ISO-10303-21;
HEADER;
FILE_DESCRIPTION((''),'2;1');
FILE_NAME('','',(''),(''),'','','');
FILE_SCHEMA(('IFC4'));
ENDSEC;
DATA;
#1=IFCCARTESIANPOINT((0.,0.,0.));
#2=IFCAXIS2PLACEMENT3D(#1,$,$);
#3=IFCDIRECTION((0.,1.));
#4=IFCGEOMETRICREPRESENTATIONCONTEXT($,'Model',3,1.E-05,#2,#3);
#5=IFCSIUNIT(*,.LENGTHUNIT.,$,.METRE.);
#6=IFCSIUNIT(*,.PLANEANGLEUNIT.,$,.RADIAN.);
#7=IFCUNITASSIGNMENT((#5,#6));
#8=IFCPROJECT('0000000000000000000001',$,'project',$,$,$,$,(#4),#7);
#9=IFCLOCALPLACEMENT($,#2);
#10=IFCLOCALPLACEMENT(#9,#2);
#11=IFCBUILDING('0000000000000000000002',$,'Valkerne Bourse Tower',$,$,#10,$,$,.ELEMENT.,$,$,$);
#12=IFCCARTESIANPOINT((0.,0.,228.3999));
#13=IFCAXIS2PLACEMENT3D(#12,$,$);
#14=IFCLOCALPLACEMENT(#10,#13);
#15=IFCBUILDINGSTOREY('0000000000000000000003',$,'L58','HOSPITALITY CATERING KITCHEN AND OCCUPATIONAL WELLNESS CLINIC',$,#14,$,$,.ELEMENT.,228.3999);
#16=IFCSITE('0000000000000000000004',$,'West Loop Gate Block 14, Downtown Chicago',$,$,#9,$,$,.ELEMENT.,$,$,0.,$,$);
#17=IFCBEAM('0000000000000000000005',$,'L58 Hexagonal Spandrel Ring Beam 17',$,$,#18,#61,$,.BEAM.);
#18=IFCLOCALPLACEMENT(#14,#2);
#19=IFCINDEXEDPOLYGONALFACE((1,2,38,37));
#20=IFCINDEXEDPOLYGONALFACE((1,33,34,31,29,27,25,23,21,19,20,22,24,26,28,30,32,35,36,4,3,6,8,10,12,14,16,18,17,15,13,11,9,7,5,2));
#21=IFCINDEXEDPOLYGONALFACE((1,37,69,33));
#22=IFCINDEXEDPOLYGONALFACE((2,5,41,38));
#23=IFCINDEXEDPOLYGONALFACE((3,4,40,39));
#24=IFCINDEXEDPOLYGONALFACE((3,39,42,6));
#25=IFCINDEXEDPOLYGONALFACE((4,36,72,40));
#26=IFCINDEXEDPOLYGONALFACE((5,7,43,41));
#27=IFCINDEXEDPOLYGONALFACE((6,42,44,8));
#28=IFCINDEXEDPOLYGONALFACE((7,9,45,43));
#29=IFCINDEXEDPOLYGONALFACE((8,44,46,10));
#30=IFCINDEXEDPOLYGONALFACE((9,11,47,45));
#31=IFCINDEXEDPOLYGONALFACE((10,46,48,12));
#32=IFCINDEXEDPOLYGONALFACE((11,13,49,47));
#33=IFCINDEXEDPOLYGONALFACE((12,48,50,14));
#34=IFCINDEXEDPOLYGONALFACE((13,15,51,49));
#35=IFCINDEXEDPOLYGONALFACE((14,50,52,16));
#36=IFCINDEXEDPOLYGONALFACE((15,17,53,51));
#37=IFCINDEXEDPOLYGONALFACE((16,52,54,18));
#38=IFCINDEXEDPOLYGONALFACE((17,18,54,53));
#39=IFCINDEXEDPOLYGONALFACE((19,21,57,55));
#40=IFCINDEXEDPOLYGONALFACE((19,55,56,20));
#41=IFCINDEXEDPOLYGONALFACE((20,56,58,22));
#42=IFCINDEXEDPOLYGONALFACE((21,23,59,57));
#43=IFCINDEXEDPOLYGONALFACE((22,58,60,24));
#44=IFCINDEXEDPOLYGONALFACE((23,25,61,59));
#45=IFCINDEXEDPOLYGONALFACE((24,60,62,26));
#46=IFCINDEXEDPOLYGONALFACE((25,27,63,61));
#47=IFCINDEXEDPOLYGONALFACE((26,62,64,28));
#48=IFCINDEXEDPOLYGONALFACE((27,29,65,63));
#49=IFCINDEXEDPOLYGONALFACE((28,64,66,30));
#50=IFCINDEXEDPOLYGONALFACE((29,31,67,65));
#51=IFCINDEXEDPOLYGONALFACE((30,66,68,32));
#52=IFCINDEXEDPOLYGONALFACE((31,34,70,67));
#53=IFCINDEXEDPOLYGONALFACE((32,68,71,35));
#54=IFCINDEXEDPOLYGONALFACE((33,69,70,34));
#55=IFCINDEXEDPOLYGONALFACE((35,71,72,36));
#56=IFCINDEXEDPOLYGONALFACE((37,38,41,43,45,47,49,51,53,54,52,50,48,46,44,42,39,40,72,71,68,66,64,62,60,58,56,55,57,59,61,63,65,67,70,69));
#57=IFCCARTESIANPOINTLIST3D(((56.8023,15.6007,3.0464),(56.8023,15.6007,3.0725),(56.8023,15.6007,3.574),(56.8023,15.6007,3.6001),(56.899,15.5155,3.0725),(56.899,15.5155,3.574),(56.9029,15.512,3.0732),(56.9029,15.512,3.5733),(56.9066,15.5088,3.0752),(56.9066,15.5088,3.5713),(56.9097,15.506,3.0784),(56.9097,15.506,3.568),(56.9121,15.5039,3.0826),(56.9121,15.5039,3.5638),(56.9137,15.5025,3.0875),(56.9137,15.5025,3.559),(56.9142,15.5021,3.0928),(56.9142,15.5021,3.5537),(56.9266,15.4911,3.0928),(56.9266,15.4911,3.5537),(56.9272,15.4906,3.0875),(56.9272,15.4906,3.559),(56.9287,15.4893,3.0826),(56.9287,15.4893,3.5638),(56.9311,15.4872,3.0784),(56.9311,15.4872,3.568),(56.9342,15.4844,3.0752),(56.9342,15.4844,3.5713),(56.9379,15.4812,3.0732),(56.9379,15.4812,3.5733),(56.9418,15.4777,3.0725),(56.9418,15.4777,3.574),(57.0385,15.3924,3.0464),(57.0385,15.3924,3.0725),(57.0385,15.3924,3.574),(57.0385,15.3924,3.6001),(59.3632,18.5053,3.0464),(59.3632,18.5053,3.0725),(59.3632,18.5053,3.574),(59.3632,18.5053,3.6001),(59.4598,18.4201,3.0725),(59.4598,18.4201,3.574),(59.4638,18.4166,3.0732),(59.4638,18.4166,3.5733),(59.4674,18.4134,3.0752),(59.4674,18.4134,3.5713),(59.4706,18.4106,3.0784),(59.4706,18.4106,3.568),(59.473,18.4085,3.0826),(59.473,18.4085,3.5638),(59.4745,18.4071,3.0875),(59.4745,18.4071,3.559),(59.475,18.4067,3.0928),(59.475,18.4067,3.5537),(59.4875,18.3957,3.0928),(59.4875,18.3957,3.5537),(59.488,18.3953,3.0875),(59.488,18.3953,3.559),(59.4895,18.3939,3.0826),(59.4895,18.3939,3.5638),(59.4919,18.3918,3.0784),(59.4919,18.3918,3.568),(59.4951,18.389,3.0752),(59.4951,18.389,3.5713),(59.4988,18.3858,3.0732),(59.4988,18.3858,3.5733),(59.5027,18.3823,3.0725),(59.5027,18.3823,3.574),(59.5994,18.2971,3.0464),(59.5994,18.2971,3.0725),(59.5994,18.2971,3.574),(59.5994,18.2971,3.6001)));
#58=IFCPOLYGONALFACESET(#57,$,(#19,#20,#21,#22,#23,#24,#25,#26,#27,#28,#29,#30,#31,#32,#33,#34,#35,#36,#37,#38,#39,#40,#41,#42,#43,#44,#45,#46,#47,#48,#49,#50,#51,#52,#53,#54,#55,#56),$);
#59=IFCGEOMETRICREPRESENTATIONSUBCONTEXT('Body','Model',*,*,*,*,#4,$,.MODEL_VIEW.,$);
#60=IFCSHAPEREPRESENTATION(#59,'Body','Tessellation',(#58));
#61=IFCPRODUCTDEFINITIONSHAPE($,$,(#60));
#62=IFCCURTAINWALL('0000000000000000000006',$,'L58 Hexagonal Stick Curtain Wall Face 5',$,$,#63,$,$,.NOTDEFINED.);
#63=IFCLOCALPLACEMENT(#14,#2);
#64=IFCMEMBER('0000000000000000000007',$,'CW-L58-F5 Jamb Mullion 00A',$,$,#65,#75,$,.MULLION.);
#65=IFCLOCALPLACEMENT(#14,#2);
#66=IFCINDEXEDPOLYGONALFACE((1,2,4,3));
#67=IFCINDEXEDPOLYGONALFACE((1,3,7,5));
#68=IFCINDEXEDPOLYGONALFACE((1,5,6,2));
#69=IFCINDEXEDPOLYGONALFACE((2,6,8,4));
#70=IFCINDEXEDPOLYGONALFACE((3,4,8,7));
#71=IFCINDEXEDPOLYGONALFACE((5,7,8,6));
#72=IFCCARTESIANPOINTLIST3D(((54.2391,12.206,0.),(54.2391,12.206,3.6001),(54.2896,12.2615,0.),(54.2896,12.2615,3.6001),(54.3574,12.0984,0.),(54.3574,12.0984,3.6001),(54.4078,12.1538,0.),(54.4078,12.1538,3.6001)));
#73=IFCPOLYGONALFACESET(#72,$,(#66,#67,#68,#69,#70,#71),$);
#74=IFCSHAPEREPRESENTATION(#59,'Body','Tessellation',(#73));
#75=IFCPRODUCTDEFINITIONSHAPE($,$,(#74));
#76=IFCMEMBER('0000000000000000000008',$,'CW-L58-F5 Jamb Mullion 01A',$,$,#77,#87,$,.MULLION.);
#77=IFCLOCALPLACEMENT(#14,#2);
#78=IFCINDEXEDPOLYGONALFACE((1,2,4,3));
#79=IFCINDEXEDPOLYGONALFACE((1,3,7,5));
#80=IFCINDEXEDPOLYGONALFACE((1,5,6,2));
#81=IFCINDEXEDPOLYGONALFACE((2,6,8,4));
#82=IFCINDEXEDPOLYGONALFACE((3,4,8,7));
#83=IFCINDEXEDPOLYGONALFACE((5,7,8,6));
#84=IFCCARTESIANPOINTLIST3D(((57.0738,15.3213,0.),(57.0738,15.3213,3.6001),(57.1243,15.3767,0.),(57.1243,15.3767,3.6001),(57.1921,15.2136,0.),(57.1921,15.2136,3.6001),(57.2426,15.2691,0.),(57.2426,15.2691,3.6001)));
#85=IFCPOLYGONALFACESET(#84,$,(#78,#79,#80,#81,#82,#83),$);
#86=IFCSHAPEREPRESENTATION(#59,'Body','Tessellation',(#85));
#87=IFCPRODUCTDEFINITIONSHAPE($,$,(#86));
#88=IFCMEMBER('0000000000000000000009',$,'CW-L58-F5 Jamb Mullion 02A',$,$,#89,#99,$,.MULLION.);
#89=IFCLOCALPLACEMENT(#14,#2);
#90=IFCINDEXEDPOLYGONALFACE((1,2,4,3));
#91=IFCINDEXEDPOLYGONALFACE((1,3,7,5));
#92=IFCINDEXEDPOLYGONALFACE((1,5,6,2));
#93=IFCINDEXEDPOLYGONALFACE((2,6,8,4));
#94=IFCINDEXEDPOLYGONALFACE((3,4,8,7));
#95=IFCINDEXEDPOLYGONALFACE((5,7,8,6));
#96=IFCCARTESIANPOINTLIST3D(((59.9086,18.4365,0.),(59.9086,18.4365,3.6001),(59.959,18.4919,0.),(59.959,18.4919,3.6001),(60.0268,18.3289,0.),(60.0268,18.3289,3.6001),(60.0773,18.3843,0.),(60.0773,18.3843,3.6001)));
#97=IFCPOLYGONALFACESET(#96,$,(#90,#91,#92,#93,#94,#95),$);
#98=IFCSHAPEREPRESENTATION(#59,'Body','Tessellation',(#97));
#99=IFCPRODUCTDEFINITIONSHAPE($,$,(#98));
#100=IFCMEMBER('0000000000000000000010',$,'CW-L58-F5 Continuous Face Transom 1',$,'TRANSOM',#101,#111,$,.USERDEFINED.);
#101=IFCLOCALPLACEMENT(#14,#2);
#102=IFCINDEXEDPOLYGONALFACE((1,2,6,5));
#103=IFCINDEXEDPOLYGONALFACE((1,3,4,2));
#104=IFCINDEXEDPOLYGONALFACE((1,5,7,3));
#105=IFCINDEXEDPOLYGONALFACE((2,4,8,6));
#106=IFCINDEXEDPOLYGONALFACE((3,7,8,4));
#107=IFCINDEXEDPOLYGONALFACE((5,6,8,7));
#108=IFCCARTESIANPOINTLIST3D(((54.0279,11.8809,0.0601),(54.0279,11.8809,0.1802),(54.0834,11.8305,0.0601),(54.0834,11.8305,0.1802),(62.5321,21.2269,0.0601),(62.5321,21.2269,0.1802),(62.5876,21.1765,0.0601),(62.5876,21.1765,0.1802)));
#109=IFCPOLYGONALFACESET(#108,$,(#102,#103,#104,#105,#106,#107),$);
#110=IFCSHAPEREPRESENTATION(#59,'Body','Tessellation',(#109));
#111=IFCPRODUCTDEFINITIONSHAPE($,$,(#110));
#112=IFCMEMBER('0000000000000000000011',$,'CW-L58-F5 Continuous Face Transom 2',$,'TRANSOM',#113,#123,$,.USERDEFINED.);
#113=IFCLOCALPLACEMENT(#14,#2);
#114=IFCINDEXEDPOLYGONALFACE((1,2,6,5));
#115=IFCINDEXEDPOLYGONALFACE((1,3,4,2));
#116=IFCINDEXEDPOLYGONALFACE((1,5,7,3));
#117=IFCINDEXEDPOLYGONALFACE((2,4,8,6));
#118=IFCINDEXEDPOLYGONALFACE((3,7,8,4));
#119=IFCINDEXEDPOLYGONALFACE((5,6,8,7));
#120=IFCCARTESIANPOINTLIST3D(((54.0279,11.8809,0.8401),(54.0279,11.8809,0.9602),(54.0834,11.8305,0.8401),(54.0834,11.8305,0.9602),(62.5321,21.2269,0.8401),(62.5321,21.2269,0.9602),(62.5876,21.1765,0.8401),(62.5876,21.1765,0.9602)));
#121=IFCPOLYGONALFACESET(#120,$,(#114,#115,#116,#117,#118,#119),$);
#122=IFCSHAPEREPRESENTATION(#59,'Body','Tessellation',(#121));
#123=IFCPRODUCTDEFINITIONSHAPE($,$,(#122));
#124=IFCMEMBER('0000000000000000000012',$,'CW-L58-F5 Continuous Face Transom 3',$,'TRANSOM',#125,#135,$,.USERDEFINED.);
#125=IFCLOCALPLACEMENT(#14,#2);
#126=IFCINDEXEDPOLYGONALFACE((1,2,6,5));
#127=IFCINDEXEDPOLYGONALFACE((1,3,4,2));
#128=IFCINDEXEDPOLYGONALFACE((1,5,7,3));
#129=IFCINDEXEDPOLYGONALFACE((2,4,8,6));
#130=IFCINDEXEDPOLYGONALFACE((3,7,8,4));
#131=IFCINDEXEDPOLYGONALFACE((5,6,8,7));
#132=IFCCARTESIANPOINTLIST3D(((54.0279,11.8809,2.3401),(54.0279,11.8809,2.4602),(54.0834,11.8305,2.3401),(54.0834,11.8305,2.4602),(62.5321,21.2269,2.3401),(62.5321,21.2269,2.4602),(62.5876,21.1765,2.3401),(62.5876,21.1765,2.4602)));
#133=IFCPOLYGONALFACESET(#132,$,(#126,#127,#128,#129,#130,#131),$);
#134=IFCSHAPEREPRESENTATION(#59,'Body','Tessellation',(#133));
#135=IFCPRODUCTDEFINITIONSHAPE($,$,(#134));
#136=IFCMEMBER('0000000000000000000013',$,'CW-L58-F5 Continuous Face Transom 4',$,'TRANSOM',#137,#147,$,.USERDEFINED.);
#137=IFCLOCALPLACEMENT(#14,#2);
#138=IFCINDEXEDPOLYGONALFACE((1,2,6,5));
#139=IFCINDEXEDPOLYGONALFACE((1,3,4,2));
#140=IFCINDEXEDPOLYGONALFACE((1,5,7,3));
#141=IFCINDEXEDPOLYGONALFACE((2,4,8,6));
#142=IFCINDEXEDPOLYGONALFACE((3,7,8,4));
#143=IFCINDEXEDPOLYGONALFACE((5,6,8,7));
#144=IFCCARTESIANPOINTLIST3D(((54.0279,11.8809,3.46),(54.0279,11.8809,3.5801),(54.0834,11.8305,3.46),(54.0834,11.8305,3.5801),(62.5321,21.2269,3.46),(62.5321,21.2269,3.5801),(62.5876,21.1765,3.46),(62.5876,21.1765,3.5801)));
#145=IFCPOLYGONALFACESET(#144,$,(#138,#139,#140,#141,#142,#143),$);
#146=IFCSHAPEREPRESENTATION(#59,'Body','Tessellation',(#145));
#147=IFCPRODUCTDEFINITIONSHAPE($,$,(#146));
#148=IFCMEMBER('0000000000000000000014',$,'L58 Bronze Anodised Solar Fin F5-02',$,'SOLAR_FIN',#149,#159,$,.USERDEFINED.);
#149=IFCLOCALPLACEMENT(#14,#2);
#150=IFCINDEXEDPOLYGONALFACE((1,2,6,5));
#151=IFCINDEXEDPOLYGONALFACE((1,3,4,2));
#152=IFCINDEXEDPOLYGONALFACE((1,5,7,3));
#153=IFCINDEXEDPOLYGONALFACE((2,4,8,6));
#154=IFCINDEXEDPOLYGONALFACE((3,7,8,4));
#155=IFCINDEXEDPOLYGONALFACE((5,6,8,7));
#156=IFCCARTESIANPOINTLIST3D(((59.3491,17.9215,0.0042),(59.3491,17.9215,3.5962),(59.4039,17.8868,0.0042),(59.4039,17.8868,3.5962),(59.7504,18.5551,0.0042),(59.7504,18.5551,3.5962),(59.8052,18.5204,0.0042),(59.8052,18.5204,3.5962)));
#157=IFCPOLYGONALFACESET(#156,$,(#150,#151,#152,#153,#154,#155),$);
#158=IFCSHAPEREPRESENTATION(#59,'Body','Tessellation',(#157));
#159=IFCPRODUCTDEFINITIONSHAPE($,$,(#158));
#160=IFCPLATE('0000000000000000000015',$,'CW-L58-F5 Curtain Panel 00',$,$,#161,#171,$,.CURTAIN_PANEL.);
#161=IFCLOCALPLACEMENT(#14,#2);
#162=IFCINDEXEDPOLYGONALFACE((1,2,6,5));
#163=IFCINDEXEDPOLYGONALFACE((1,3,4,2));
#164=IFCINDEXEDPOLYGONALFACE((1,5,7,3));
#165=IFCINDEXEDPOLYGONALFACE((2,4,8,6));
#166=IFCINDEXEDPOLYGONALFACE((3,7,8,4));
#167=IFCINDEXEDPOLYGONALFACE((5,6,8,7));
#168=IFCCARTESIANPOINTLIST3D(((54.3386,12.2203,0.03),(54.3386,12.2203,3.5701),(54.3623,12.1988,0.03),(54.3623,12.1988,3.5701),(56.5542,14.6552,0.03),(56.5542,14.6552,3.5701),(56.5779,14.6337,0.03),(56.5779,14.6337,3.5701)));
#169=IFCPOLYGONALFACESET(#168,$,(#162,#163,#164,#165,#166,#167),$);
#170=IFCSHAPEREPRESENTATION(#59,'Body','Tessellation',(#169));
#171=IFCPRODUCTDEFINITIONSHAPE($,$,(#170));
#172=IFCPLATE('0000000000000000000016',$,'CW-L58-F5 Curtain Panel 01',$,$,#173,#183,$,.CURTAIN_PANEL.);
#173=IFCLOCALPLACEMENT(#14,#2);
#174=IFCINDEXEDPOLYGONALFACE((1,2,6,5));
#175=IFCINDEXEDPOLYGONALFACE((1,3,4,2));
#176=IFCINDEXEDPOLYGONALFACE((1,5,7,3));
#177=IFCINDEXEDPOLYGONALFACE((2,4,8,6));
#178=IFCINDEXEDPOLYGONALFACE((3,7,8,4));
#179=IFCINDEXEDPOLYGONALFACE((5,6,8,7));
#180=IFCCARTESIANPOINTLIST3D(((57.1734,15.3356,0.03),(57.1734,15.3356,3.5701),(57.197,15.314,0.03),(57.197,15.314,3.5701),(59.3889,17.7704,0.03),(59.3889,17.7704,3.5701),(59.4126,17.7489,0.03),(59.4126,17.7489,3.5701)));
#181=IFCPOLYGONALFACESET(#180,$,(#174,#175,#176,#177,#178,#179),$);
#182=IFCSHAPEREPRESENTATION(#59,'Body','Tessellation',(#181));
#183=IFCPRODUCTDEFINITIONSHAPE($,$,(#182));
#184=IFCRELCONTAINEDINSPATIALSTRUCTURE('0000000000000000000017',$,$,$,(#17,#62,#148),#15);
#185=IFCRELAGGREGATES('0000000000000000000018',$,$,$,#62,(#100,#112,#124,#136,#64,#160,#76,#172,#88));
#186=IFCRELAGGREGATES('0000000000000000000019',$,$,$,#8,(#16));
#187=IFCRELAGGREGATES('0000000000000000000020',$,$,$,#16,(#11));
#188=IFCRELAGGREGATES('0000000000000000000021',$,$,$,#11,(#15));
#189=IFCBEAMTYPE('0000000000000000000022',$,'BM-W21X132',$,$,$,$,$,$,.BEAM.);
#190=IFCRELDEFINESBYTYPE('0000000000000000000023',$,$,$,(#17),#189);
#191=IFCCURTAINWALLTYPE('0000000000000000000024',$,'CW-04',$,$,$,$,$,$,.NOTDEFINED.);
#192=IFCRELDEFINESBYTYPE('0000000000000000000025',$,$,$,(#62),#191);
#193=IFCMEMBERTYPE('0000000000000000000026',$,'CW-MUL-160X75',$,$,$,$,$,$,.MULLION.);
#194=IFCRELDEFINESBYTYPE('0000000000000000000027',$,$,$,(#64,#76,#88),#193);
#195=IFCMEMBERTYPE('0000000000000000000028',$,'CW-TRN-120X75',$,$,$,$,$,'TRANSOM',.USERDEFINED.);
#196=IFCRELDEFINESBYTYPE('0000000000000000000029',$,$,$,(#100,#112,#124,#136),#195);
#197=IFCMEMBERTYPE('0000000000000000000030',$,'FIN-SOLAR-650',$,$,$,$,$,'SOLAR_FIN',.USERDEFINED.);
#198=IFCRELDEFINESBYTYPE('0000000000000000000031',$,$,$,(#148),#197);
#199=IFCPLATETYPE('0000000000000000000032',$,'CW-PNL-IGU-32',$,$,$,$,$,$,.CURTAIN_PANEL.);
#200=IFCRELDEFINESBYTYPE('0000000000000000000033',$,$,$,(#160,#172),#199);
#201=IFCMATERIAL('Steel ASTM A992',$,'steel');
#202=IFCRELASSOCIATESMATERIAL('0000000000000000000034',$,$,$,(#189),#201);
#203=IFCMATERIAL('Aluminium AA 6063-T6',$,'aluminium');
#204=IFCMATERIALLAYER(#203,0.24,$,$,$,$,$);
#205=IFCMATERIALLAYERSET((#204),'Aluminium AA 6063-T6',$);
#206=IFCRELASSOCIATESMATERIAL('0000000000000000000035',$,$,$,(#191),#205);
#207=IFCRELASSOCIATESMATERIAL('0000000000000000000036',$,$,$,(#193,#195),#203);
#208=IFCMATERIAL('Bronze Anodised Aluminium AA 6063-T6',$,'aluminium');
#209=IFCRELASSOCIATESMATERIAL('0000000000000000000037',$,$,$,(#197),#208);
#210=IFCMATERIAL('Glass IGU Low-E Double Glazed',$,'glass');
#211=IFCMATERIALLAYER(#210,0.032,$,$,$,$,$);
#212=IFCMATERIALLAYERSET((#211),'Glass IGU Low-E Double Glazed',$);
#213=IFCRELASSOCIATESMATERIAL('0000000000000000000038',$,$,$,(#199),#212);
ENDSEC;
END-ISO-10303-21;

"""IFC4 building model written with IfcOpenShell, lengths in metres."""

from ifc_helpers import new_model, si_unit, direction, frame, origin, origin_2d, place, context, subcontext, project, spatial, rectangle, i_section, extrude, material, layer, layer_set, material_profile, profile_set, type_object, element, aggregate, save


model = new_model("IFC4")

# Units and contexts
model_context = context("Model", 3, precision=1e-05, world=origin(), true_north=direction((0.0, 1.0)))
body_context = subcontext(model_context, "Body", "Model", "MODEL_VIEW")
ifc_project = project(units=[si_unit("LENGTHUNIT", "METRE"), si_unit("PLANEANGLEUNIT", "RADIAN")], contexts=[model_context])

# Site, building, storey
site_placement = place(None, origin())
site = spatial("IfcSite", under=ifc_project, at=site_placement, Name="West Loop Gate Block 14, Downtown Chicago", CompositionType="ELEMENT", RefElevation=0.0)
building_placement = place(site_placement, origin())
building = spatial("IfcBuilding", under=site, at=building_placement, Name="Valkerne Bourse Tower", CompositionType="ELEMENT")
storey_placement = place(building_placement, frame((0.0, 0.0, 228.3999)))
storey = spatial("IfcBuildingStorey", under=building, at=storey_placement, Name="L58", Description="HOSPITALITY CATERING KITCHEN AND OCCUPATIONAL WELLNESS CLINIC", CompositionType="ELEMENT", Elevation=228.3999)

# Beam
ifc_material_1 = material(Name="Steel ASTM A992", Category="steel")
ifc_material_profile_1 = material_profile(ifc_material_1, i_section(OverallWidth=0.3149, OverallDepth=0.5537, WebThickness=0.0166, FlangeThickness=0.0261, FilletRadius=0.0203, at=origin_2d()), Name="W21X132")
ifc_profile_set_1 = profile_set([ifc_material_profile_1], Name="Steel ASTM A992")
beam_type = type_object("IfcBeamType", Name="BM-W21X132", PredefinedType="BEAM", material=ifc_profile_set_1)
beam_1_placement = place(storey_placement, frame((56.9204, 15.4966, 3.3232), z_axis=(0.661325, 0.750099, 0.0), x_axis=(-0.750099, 0.661325, 0.0)))
element("IfcBeam", 1, at=beam_1_placement, inside=storey, type_object=beam_type, Name="L58 Hexagonal Spandrel Ring Beam 17", PredefinedType="BEAM", context=body_context, shape_type="SweptSolid", body=[
    extrude(i_section(OverallWidth=0.3149, OverallDepth=0.5537, WebThickness=0.0166, FlangeThickness=0.0261, FilletRadius=0.0203, at=origin_2d()), origin(), (0.0, 0.0, 1.0), 3.8723),
])

# Curtain wall, members
ifc_material_2 = material(Name="Aluminium AA 6063-T6", Category="aluminium")
ifc_layer_1 = layer(ifc_material_2, 0.24)
ifc_layer_set_1 = layer_set([ifc_layer_1], Name="Aluminium AA 6063-T6")
curtain_wall_type = type_object("IfcCurtainWallType", Name="CW-04", PredefinedType="NOTDEFINED", material=ifc_layer_set_1)
curtain_wall_placement = place(storey_placement, origin())
curtain_wall = element("IfcCurtainWall", 2, at=curtain_wall_placement, inside=storey, type_object=curtain_wall_type, Name="L58 Hexagonal Stick Curtain Wall Face 5", PredefinedType="NOTDEFINED")
ifc_material_profile_2 = material_profile(ifc_material_2, rectangle(XDim=0.075, YDim=0.1599, at=origin_2d()), Name="CWM-75X160")
ifc_profile_set_2 = profile_set([ifc_material_profile_2], Name="Aluminium AA 6063-T6")
member_type_1 = type_object("IfcMemberType", Name="CW-MUL-160X75", PredefinedType="MULLION", material=ifc_profile_set_2)
member_1_placement = place(storey_placement, frame((54.3235, 12.1799, 0.0), z_axis=(0.0, 0.0, 1.0), x_axis=(0.673012, 0.739632, 0.0)))
member_1 = element("IfcMember", 3, at=member_1_placement, type_object=member_type_1, Name="CW-L58-F5 Jamb Mullion 00A", PredefinedType="MULLION", context=body_context, shape_type="SweptSolid", body=[
    extrude(rectangle(XDim=0.075, YDim=0.1599, at=origin_2d()), origin(), (0.0, 0.0, 1.0), 3.6001),
])
member_2_placement = place(storey_placement, frame((57.1582, 15.2952, 0.0), z_axis=(0.0, 0.0, 1.0), x_axis=(0.673012, 0.739632, 0.0)))
member_2 = element("IfcMember", 4, at=member_2_placement, type_object=member_type_1, Name="CW-L58-F5 Jamb Mullion 01A", PredefinedType="MULLION", context=body_context, shape_type="SweptSolid", body=[
    extrude(rectangle(XDim=0.075, YDim=0.1599, at=origin_2d()), origin(), (0.0, 0.0, 1.0), 3.6001),
])
member_3_placement = place(storey_placement, frame((59.9929, 18.4104, 0.0), z_axis=(0.0, 0.0, 1.0), x_axis=(0.673025, 0.73962, 0.0)))
member_3 = element("IfcMember", 5, at=member_3_placement, type_object=member_type_1, Name="CW-L58-F5 Jamb Mullion 02A", PredefinedType="MULLION", context=body_context, shape_type="SweptSolid", body=[
    extrude(rectangle(XDim=0.075, YDim=0.1599, at=origin_2d()), origin(), (0.0, 0.0, 1.0), 3.6001),
])
ifc_material_profile_3 = material_profile(ifc_material_2, rectangle(XDim=0.075, YDim=0.1201, at=origin_2d()), Name="CWT-75X120")
ifc_profile_set_3 = profile_set([ifc_material_profile_3], Name="Aluminium AA 6063-T6")
member_type_2 = type_object("IfcMemberType", Name="CW-TRN-120X75", ElementType="TRANSOM", PredefinedType="USERDEFINED", material=ifc_profile_set_3)
member_4_placement = place(storey_placement, frame((54.0557, 11.8557, 0.1201), z_axis=(0.673012, 0.739631, 0.0), x_axis=(-0.739631, 0.673012, 0.0)))
member_4 = element("IfcMember", 6, at=member_4_placement, type_object=member_type_2, Name="CW-L58-F5 Continuous Face Transom 1", ObjectType="TRANSOM", PredefinedType="USERDEFINED", context=body_context, shape_type="SweptSolid", body=[
    extrude(rectangle(XDim=0.075, YDim=0.1201, at=origin_2d()), origin(), (0.0, 0.0, 1.0), 12.636),
])
member_5_placement = place(storey_placement, frame((54.0557, 11.8557, 0.9001), z_axis=(0.673012, 0.739631, 0.0), x_axis=(-0.739631, 0.673012, 0.0)))
member_5 = element("IfcMember", 7, at=member_5_placement, type_object=member_type_2, Name="CW-L58-F5 Continuous Face Transom 2", ObjectType="TRANSOM", PredefinedType="USERDEFINED", context=body_context, shape_type="SweptSolid", body=[
    extrude(rectangle(XDim=0.075, YDim=0.1201, at=origin_2d()), origin(), (0.0, 0.0, 1.0), 12.636),
])
member_6_placement = place(storey_placement, frame((54.0557, 11.8557, 2.4001), z_axis=(0.673012, 0.739631, 0.0), x_axis=(-0.739631, 0.673012, 0.0)))
member_6 = element("IfcMember", 8, at=member_6_placement, type_object=member_type_2, Name="CW-L58-F5 Continuous Face Transom 3", ObjectType="TRANSOM", PredefinedType="USERDEFINED", context=body_context, shape_type="SweptSolid", body=[
    extrude(rectangle(XDim=0.075, YDim=0.1201, at=origin_2d()), origin(), (0.0, 0.0, 1.0), 12.636),
])
member_7_placement = place(storey_placement, frame((54.0557, 11.8557, 3.52), z_axis=(0.673012, 0.739631, 0.0), x_axis=(-0.739631, 0.673012, 0.0)))
member_7 = element("IfcMember", 9, at=member_7_placement, type_object=member_type_2, Name="CW-L58-F5 Continuous Face Transom 4", ObjectType="TRANSOM", PredefinedType="USERDEFINED", context=body_context, shape_type="SweptSolid", body=[
    extrude(rectangle(XDim=0.075, YDim=0.1201, at=origin_2d()), origin(), (0.0, 0.0, 1.0), 12.636),
])

# Member
ifc_material_3 = material(Name="Bronze Anodised Aluminium AA 6063-T6", Category="aluminium")
ifc_material_profile_4 = material_profile(ifc_material_3, rectangle(XDim=0.0649, YDim=0.75, at=origin_2d()), Name="FIN-65X750")
ifc_profile_set_4 = profile_set([ifc_material_profile_4], Name="Bronze Anodised Aluminium AA 6063-T6")
member_type_3 = type_object("IfcMemberType", Name="FIN-SOLAR-650", ElementType="SOLAR_FIN", PredefinedType="USERDEFINED", material=ifc_profile_set_4)
member_8_placement = place(storey_placement, frame((59.5771, 18.2209, 0.0042), z_axis=(0.0, 0.0, 1.0), x_axis=(0.844799, -0.535084, 0.0)))
element("IfcMember", 10, at=member_8_placement, inside=storey, type_object=member_type_3, Name="L58 Bronze Anodised Solar Fin F5-02", ObjectType="SOLAR_FIN", PredefinedType="USERDEFINED", context=body_context, shape_type="SweptSolid", body=[
    extrude(rectangle(XDim=0.0649, YDim=0.75, at=origin_2d()), origin(), (0.0, 0.0, 1.0), 3.592),
])

# Plates
ifc_material_4 = material(Name="Glass IGU Low-E Double Glazed", Category="glass")
ifc_layer_2 = layer(ifc_material_4, 0.032)
ifc_layer_set_2 = layer_set([ifc_layer_2], Name="Glass IGU Low-E Double Glazed")
plate_type = type_object("IfcPlateType", Name="CW-PNL-IGU-32", PredefinedType="CURTAIN_PANEL", material=ifc_layer_set_2)
plate_1_placement = place(storey_placement, frame((55.4583, 13.427, 0.03), z_axis=(0.0, 0.0, 1.0), x_axis=(0.673012, 0.739632, 0.0)))
plate_1 = element("IfcPlate", 11, at=plate_1_placement, type_object=plate_type, Name="CW-L58-F5 Curtain Panel 00", PredefinedType="CURTAIN_PANEL", context=body_context, shape_type="SweptSolid", body=[
    extrude(rectangle(XDim=3.292, YDim=0.032, at=origin_2d()), origin(), (0.0, 0.0, 1.0), 3.54),
])
plate_2_placement = place(storey_placement, frame((58.293, 16.5422, 0.03), z_axis=(0.0, 0.0, 1.0), x_axis=(0.673012, 0.739632, 0.0)))
plate_2 = element("IfcPlate", 12, at=plate_2_placement, type_object=plate_type, Name="CW-L58-F5 Curtain Panel 01", PredefinedType="CURTAIN_PANEL", context=body_context, shape_type="SweptSolid", body=[
    extrude(rectangle(XDim=3.292, YDim=0.032, at=origin_2d()), origin(), (0.0, 0.0, 1.0), 3.54),
])
aggregate(curtain_wall, [member_4, member_5, member_6, member_7, member_1, plate_1, member_2, plate_2, member_3])

save(model, "model.ifc")
